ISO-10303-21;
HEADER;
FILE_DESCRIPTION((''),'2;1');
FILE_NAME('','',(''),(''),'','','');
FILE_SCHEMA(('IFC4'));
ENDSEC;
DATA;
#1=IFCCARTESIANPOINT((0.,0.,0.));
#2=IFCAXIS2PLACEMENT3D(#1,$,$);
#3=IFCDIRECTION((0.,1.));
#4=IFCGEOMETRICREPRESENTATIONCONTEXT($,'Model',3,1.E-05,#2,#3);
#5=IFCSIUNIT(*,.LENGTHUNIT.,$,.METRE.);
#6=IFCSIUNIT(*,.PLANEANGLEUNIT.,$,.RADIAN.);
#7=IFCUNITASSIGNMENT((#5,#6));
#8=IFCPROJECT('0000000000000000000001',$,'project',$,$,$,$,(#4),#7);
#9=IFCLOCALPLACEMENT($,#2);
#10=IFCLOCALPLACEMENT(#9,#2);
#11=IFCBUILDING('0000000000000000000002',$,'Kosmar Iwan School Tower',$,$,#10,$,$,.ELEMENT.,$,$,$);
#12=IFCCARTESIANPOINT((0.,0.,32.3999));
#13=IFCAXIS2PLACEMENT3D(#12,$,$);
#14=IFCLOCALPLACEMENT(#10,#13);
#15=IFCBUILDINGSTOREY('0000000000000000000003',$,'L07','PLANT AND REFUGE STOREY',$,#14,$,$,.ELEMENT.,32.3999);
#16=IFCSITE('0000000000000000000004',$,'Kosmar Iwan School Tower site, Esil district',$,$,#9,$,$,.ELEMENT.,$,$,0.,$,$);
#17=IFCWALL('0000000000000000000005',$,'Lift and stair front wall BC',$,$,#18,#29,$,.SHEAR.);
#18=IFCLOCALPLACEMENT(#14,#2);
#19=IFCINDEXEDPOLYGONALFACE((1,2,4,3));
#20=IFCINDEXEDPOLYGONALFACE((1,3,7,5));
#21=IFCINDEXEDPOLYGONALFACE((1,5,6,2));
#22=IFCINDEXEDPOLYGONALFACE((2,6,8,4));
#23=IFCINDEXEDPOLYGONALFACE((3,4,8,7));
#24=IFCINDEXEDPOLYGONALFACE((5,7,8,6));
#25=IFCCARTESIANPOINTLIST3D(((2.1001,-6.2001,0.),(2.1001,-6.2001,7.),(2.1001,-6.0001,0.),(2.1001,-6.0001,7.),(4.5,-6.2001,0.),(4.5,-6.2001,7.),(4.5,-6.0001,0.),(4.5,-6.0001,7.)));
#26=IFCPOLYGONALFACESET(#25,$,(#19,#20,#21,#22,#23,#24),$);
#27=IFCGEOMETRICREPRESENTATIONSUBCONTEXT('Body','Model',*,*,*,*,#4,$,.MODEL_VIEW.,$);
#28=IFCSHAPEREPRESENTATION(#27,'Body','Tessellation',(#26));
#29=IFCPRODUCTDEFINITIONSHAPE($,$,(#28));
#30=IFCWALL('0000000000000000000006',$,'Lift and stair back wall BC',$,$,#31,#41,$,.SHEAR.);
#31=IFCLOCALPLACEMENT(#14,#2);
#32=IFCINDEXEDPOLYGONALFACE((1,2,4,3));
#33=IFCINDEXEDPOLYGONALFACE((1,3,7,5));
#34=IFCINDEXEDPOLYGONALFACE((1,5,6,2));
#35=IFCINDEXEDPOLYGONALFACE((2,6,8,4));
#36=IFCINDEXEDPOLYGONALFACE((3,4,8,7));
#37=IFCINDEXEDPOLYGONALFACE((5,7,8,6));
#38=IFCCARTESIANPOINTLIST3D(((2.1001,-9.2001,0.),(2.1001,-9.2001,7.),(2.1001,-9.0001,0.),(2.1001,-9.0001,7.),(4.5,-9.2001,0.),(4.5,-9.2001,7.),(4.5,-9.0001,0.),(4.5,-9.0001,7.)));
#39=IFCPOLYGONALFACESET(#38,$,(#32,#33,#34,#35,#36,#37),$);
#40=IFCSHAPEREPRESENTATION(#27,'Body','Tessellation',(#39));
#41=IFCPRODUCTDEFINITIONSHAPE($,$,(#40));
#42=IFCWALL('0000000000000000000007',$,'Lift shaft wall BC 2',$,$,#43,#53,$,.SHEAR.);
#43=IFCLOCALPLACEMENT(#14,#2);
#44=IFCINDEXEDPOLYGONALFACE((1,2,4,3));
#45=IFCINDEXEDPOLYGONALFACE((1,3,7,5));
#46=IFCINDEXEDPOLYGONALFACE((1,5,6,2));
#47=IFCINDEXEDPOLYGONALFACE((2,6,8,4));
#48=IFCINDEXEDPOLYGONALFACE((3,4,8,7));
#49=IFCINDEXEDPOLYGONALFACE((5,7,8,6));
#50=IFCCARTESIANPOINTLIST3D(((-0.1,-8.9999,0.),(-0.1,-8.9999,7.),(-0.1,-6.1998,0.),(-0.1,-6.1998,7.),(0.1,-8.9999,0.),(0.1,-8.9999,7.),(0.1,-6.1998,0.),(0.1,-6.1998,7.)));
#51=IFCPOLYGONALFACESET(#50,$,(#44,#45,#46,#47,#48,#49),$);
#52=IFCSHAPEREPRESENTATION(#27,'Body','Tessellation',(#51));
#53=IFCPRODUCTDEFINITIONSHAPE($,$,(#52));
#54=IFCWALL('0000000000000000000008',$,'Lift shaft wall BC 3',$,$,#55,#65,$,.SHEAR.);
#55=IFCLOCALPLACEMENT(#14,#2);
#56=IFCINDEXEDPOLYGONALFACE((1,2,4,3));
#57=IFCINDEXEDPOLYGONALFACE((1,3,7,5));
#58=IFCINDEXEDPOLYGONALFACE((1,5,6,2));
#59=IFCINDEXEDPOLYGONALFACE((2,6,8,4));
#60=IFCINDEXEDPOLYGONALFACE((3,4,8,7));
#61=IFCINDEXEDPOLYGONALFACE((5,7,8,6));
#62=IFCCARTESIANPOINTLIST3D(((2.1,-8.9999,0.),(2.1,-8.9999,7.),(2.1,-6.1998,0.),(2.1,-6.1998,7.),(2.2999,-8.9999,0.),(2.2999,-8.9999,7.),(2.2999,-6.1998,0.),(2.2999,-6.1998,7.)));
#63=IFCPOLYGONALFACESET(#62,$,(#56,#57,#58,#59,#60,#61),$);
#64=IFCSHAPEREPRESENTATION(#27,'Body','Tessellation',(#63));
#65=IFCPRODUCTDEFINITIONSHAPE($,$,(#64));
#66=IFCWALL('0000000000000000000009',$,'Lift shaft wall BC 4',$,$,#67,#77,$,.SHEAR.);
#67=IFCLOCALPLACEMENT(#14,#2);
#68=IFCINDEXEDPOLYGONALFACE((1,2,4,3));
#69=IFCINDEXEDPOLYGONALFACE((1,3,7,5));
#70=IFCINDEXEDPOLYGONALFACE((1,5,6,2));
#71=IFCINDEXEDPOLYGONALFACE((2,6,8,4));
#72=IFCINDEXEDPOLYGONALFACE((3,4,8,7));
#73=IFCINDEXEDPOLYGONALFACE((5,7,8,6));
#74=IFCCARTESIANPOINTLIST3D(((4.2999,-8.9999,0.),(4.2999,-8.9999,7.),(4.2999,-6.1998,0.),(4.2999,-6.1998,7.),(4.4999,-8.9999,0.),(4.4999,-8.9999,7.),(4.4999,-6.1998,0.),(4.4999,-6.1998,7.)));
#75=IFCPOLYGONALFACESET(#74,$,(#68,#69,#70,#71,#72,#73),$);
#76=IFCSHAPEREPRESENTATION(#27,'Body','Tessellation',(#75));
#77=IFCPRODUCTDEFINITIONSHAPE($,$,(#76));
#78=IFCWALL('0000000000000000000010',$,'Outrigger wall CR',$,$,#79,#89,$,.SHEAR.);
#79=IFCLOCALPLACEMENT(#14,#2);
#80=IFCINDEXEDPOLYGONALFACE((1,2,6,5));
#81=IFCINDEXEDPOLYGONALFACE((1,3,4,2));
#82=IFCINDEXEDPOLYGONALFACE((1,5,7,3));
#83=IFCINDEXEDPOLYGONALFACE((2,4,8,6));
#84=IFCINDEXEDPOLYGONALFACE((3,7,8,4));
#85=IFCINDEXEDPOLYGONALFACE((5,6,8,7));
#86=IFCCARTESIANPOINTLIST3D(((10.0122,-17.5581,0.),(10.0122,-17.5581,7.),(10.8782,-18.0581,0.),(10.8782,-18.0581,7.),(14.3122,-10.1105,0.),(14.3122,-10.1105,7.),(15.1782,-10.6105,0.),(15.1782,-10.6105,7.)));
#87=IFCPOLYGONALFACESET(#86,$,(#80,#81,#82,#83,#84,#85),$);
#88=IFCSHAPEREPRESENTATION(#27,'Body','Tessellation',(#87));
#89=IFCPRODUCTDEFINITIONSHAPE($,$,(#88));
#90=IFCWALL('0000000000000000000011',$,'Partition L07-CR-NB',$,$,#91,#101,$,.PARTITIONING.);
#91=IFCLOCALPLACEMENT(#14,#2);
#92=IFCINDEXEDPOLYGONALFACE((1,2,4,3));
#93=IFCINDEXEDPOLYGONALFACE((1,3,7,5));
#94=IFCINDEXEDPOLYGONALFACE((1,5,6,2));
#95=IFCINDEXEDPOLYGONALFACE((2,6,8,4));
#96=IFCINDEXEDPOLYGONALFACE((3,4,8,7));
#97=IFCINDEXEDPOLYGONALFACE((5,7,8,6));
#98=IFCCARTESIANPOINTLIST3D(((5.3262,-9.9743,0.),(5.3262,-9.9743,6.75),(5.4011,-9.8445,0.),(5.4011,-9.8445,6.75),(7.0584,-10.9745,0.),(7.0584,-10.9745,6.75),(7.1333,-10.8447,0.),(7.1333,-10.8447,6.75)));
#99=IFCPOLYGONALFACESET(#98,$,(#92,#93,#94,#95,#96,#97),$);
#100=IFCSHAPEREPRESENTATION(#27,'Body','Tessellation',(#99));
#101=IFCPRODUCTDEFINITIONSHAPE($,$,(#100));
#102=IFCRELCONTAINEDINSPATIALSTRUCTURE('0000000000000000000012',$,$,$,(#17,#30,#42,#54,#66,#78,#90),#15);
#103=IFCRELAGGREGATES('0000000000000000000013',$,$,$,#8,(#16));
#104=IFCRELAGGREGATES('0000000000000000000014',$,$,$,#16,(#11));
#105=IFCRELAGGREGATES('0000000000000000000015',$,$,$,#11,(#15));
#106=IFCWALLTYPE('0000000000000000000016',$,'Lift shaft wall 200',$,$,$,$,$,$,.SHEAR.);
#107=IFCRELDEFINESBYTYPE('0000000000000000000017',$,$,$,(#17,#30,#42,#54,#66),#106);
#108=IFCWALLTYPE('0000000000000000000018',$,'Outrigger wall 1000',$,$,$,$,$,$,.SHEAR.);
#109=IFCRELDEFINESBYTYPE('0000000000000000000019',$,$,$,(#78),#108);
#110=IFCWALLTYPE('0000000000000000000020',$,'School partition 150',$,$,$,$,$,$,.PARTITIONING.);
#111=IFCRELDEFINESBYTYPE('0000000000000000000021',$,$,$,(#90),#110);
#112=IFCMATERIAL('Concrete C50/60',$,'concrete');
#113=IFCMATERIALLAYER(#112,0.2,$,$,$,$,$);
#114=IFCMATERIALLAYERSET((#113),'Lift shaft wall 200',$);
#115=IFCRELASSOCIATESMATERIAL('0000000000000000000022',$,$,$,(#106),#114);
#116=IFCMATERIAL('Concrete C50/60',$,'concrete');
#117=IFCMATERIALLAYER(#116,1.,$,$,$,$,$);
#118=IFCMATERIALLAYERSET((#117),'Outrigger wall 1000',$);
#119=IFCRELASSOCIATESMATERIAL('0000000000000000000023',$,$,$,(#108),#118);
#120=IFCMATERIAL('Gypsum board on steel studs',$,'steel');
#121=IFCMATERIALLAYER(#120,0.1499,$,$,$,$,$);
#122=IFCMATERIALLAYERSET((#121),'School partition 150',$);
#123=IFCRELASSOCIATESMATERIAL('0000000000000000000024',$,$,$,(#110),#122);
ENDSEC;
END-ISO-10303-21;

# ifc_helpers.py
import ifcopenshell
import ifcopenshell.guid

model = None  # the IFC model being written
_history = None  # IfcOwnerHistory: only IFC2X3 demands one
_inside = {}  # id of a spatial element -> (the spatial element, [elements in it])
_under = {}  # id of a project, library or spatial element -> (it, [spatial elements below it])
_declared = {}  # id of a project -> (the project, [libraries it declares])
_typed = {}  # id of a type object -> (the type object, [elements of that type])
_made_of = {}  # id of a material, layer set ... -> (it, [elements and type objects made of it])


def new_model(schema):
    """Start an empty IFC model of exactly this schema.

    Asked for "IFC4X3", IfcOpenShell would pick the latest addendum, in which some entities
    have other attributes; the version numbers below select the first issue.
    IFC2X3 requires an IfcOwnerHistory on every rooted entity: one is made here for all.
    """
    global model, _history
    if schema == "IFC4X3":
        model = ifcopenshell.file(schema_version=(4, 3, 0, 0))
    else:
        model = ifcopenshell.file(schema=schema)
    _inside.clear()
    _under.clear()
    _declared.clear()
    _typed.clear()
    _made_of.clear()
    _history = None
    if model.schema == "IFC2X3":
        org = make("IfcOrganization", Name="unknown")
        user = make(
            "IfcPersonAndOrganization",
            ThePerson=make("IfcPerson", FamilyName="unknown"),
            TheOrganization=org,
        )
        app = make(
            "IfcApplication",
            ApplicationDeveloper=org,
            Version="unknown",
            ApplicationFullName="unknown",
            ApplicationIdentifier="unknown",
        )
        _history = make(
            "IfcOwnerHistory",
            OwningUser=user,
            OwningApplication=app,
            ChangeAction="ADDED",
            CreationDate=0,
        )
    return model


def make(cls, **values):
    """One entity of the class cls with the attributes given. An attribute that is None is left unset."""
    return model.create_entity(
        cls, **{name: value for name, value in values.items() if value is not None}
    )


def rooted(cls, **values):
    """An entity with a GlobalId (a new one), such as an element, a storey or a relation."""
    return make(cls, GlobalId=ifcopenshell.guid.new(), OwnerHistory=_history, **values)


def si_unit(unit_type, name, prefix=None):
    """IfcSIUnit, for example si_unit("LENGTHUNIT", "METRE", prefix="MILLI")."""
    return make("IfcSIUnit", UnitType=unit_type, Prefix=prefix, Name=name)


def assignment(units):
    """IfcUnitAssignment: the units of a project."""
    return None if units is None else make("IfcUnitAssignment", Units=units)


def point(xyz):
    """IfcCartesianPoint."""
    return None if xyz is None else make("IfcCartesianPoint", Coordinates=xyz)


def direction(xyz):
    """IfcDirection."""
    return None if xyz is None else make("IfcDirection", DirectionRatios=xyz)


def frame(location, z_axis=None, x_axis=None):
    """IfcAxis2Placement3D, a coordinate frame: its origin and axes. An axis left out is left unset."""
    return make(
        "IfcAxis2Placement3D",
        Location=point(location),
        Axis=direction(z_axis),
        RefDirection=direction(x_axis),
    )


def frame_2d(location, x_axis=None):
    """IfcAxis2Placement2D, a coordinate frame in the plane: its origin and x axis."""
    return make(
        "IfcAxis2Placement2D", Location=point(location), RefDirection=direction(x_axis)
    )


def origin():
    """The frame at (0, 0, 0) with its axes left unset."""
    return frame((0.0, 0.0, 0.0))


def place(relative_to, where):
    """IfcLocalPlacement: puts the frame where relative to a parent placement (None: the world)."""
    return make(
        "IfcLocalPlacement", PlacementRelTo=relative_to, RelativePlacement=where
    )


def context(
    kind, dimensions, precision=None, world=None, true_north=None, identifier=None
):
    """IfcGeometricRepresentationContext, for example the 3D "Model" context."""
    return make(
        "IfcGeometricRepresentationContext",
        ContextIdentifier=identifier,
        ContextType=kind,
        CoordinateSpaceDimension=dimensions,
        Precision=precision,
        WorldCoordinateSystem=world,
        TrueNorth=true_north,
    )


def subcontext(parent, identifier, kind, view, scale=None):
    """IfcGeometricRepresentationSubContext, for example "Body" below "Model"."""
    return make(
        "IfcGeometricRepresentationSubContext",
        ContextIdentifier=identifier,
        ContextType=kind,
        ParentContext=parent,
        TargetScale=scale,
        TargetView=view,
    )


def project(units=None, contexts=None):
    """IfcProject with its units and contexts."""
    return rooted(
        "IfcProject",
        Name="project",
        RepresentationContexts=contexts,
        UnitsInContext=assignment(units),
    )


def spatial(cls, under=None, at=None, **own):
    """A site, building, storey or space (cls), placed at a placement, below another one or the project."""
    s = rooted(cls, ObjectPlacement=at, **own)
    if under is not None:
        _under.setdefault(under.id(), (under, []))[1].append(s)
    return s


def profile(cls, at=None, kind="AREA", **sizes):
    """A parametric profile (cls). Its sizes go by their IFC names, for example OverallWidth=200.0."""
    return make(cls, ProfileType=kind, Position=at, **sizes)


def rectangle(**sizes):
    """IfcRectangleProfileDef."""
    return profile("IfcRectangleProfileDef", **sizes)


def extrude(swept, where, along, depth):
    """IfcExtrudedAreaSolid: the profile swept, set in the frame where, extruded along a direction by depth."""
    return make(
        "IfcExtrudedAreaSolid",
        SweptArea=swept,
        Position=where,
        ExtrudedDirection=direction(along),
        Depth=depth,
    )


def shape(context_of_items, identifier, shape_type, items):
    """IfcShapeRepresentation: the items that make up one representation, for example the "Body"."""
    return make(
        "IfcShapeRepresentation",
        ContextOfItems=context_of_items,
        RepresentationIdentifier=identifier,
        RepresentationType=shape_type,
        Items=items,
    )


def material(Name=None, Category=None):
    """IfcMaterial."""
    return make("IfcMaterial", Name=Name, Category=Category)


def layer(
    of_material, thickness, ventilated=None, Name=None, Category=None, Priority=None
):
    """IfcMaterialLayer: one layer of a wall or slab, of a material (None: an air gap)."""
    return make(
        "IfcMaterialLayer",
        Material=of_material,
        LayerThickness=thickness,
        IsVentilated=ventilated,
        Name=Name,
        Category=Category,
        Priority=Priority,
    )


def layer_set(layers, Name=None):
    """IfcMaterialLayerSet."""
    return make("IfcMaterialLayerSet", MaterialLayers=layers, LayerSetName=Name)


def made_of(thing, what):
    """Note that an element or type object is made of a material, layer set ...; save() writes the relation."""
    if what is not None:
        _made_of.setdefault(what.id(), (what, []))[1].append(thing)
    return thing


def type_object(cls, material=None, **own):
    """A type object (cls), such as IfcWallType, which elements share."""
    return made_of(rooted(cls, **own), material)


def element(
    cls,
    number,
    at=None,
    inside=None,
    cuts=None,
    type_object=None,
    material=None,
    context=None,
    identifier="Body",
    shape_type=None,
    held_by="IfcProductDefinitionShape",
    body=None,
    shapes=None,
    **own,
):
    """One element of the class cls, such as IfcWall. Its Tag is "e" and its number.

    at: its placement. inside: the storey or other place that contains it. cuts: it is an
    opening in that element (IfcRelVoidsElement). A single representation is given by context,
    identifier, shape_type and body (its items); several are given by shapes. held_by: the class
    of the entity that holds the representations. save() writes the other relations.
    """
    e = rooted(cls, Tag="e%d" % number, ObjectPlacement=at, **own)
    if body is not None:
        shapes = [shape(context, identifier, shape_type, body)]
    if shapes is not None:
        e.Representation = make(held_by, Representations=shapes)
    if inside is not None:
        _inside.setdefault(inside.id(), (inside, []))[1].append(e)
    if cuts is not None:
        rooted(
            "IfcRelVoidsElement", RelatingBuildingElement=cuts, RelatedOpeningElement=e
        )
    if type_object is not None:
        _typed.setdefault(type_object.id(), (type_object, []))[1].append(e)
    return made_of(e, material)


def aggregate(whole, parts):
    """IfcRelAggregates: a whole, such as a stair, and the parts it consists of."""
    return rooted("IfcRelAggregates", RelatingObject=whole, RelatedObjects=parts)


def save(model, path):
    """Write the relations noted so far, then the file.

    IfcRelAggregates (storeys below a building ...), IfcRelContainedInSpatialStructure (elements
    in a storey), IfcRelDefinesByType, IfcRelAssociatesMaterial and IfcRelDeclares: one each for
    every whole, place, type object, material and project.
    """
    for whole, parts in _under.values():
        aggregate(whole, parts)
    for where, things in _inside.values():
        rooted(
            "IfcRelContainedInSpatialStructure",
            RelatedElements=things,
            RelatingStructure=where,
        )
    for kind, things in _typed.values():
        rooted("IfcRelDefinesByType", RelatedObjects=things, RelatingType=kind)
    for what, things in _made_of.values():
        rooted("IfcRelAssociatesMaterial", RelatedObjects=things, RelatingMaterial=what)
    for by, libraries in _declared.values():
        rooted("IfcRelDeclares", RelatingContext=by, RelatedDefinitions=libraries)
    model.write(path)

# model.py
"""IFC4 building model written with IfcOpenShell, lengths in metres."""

from ifc_helpers import new_model, si_unit, direction, frame, frame_2d, origin, place, context, subcontext, project, spatial, rectangle, extrude, material, layer, layer_set, type_object, element, save


model = new_model("IFC4")

# Units and contexts
model_context = context("Model", 3, precision=1e-05, world=origin(), true_north=direction((0.0, 1.0)))
body_context = subcontext(model_context, "Body", "Model", "MODEL_VIEW")
ifc_project = project(units=[si_unit("LENGTHUNIT", "METRE"), si_unit("PLANEANGLEUNIT", "RADIAN")], contexts=[model_context])

# Site, building, storey
site_placement = place(None, origin())
site = spatial("IfcSite", under=ifc_project, at=site_placement, Name="Kosmar Iwan School Tower site, Esil district", CompositionType="ELEMENT", RefElevation=0.0)
building_placement = place(site_placement, origin())
building = spatial("IfcBuilding", under=site, at=building_placement, Name="Kosmar Iwan School Tower", CompositionType="ELEMENT")
storey_placement = place(building_placement, frame((0.0, 0.0, 32.3999)))
storey = spatial("IfcBuildingStorey", under=building, at=storey_placement, Name="L07", Description="PLANT AND REFUGE STOREY", CompositionType="ELEMENT", Elevation=32.3999)

# Walls
ifc_material_1 = material(Name="Concrete C50/60", Category="concrete")
ifc_layer_1 = layer(ifc_material_1, 0.2)
ifc_layer_set_1 = layer_set([ifc_layer_1], Name="Lift shaft wall 200")
wall_type_1 = type_object("IfcWallType", Name="Lift shaft wall 200", PredefinedType="SHEAR", material=ifc_layer_set_1)
for number, where, z_axis, x_axis, name in (
    (1, (2.1001, -6.1001, 0.0), (0.0, 0.0, 1.0), (1.0, 0.0, 0.0), "Lift and stair front wall BC"),
    (2, (2.1001, -9.1001, 0.0), (0.0, 0.0, 1.0), (1.0, 0.0, 0.0), "Lift and stair back wall BC"),
):
    element("IfcWall", number, at=place(storey_placement, frame(where, z_axis=z_axis, x_axis=x_axis)), inside=storey, type_object=wall_type_1, Name=name, PredefinedType="SHEAR", context=body_context, shape_type="SweptSolid", body=[
        extrude(rectangle(XDim=2.3999, YDim=0.2, at=frame_2d((1.2, 0.0))), origin(), (0.0, 0.0, 1.0), 7.0),
    ])
for number, where, z_axis, x_axis, name in (
    (3, (0.0, -6.2, 0.0), (0.0, 0.0, 1.0), (0.0, -1.0, 0.0), "Lift shaft wall BC 2"),
    (4, (2.2, -6.2, 0.0), (0.0, 0.0, 1.0), (0.0, -1.0, 0.0), "Lift shaft wall BC 3"),
    (5, (4.3999, -6.2, 0.0), (0.0, 0.0, 1.0), (0.0, -1.0, 0.0), "Lift shaft wall BC 4"),
):
    element("IfcWall", number, at=place(storey_placement, frame(where, z_axis=z_axis, x_axis=x_axis)), inside=storey, type_object=wall_type_1, Name=name, PredefinedType="SHEAR", context=body_context, shape_type="SweptSolid", body=[
        extrude(rectangle(XDim=2.8, YDim=0.2, at=frame_2d((1.3999, 0.0))), origin(), (0.0, 0.0, 1.0), 7.0),
    ])
ifc_material_2 = material(Name="Concrete C50/60", Category="concrete")
ifc_layer_2 = layer(ifc_material_2, 1.0)
ifc_layer_set_2 = layer_set([ifc_layer_2], Name="Outrigger wall 1000")
wall_type_2 = type_object("IfcWallType", Name="Outrigger wall 1000", PredefinedType="SHEAR", material=ifc_layer_set_2)
wall_1_placement = place(storey_placement, frame((14.7451, -10.3606, 0.0), z_axis=(0.0, 0.0, 1.0), x_axis=(-0.500008, -0.866021, 0.0)))
element("IfcWall", 6, at=wall_1_placement, inside=storey, type_object=wall_type_2, Name="Outrigger wall CR", PredefinedType="SHEAR", context=body_context, shape_type="SweptSolid", body=[
    extrude(rectangle(XDim=8.5999, YDim=1.0, at=frame_2d((4.2998, 0.0))), origin(), (0.0, 0.0, 1.0), 7.0),
])
ifc_material_3 = material(Name="Gypsum board on steel studs", Category="steel")
ifc_layer_3 = layer(ifc_material_3, 0.1499)
ifc_layer_set_3 = layer_set([ifc_layer_3], Name="School partition 150")
wall_type_3 = type_object("IfcWallType", Name="School partition 150", PredefinedType="PARTITIONING", material=ifc_layer_set_3)
wall_2_placement = place(storey_placement, frame((5.3638, -9.9094, 0.0), z_axis=(0.0, 0.0, 1.0), x_axis=(0.865988, -0.500064, 0.0)))
element("IfcWall", 7, at=wall_2_placement, inside=storey, type_object=wall_type_3, Name="Partition L07-CR-NB", PredefinedType="PARTITIONING", context=body_context, shape_type="SweptSolid", body=[
    extrude(rectangle(XDim=2.0002, YDim=0.1499, at=frame_2d((1.0, 0.0))), origin(), (0.0, 0.0, 1.0), 6.75),
])

save(model, "model.ifc")
